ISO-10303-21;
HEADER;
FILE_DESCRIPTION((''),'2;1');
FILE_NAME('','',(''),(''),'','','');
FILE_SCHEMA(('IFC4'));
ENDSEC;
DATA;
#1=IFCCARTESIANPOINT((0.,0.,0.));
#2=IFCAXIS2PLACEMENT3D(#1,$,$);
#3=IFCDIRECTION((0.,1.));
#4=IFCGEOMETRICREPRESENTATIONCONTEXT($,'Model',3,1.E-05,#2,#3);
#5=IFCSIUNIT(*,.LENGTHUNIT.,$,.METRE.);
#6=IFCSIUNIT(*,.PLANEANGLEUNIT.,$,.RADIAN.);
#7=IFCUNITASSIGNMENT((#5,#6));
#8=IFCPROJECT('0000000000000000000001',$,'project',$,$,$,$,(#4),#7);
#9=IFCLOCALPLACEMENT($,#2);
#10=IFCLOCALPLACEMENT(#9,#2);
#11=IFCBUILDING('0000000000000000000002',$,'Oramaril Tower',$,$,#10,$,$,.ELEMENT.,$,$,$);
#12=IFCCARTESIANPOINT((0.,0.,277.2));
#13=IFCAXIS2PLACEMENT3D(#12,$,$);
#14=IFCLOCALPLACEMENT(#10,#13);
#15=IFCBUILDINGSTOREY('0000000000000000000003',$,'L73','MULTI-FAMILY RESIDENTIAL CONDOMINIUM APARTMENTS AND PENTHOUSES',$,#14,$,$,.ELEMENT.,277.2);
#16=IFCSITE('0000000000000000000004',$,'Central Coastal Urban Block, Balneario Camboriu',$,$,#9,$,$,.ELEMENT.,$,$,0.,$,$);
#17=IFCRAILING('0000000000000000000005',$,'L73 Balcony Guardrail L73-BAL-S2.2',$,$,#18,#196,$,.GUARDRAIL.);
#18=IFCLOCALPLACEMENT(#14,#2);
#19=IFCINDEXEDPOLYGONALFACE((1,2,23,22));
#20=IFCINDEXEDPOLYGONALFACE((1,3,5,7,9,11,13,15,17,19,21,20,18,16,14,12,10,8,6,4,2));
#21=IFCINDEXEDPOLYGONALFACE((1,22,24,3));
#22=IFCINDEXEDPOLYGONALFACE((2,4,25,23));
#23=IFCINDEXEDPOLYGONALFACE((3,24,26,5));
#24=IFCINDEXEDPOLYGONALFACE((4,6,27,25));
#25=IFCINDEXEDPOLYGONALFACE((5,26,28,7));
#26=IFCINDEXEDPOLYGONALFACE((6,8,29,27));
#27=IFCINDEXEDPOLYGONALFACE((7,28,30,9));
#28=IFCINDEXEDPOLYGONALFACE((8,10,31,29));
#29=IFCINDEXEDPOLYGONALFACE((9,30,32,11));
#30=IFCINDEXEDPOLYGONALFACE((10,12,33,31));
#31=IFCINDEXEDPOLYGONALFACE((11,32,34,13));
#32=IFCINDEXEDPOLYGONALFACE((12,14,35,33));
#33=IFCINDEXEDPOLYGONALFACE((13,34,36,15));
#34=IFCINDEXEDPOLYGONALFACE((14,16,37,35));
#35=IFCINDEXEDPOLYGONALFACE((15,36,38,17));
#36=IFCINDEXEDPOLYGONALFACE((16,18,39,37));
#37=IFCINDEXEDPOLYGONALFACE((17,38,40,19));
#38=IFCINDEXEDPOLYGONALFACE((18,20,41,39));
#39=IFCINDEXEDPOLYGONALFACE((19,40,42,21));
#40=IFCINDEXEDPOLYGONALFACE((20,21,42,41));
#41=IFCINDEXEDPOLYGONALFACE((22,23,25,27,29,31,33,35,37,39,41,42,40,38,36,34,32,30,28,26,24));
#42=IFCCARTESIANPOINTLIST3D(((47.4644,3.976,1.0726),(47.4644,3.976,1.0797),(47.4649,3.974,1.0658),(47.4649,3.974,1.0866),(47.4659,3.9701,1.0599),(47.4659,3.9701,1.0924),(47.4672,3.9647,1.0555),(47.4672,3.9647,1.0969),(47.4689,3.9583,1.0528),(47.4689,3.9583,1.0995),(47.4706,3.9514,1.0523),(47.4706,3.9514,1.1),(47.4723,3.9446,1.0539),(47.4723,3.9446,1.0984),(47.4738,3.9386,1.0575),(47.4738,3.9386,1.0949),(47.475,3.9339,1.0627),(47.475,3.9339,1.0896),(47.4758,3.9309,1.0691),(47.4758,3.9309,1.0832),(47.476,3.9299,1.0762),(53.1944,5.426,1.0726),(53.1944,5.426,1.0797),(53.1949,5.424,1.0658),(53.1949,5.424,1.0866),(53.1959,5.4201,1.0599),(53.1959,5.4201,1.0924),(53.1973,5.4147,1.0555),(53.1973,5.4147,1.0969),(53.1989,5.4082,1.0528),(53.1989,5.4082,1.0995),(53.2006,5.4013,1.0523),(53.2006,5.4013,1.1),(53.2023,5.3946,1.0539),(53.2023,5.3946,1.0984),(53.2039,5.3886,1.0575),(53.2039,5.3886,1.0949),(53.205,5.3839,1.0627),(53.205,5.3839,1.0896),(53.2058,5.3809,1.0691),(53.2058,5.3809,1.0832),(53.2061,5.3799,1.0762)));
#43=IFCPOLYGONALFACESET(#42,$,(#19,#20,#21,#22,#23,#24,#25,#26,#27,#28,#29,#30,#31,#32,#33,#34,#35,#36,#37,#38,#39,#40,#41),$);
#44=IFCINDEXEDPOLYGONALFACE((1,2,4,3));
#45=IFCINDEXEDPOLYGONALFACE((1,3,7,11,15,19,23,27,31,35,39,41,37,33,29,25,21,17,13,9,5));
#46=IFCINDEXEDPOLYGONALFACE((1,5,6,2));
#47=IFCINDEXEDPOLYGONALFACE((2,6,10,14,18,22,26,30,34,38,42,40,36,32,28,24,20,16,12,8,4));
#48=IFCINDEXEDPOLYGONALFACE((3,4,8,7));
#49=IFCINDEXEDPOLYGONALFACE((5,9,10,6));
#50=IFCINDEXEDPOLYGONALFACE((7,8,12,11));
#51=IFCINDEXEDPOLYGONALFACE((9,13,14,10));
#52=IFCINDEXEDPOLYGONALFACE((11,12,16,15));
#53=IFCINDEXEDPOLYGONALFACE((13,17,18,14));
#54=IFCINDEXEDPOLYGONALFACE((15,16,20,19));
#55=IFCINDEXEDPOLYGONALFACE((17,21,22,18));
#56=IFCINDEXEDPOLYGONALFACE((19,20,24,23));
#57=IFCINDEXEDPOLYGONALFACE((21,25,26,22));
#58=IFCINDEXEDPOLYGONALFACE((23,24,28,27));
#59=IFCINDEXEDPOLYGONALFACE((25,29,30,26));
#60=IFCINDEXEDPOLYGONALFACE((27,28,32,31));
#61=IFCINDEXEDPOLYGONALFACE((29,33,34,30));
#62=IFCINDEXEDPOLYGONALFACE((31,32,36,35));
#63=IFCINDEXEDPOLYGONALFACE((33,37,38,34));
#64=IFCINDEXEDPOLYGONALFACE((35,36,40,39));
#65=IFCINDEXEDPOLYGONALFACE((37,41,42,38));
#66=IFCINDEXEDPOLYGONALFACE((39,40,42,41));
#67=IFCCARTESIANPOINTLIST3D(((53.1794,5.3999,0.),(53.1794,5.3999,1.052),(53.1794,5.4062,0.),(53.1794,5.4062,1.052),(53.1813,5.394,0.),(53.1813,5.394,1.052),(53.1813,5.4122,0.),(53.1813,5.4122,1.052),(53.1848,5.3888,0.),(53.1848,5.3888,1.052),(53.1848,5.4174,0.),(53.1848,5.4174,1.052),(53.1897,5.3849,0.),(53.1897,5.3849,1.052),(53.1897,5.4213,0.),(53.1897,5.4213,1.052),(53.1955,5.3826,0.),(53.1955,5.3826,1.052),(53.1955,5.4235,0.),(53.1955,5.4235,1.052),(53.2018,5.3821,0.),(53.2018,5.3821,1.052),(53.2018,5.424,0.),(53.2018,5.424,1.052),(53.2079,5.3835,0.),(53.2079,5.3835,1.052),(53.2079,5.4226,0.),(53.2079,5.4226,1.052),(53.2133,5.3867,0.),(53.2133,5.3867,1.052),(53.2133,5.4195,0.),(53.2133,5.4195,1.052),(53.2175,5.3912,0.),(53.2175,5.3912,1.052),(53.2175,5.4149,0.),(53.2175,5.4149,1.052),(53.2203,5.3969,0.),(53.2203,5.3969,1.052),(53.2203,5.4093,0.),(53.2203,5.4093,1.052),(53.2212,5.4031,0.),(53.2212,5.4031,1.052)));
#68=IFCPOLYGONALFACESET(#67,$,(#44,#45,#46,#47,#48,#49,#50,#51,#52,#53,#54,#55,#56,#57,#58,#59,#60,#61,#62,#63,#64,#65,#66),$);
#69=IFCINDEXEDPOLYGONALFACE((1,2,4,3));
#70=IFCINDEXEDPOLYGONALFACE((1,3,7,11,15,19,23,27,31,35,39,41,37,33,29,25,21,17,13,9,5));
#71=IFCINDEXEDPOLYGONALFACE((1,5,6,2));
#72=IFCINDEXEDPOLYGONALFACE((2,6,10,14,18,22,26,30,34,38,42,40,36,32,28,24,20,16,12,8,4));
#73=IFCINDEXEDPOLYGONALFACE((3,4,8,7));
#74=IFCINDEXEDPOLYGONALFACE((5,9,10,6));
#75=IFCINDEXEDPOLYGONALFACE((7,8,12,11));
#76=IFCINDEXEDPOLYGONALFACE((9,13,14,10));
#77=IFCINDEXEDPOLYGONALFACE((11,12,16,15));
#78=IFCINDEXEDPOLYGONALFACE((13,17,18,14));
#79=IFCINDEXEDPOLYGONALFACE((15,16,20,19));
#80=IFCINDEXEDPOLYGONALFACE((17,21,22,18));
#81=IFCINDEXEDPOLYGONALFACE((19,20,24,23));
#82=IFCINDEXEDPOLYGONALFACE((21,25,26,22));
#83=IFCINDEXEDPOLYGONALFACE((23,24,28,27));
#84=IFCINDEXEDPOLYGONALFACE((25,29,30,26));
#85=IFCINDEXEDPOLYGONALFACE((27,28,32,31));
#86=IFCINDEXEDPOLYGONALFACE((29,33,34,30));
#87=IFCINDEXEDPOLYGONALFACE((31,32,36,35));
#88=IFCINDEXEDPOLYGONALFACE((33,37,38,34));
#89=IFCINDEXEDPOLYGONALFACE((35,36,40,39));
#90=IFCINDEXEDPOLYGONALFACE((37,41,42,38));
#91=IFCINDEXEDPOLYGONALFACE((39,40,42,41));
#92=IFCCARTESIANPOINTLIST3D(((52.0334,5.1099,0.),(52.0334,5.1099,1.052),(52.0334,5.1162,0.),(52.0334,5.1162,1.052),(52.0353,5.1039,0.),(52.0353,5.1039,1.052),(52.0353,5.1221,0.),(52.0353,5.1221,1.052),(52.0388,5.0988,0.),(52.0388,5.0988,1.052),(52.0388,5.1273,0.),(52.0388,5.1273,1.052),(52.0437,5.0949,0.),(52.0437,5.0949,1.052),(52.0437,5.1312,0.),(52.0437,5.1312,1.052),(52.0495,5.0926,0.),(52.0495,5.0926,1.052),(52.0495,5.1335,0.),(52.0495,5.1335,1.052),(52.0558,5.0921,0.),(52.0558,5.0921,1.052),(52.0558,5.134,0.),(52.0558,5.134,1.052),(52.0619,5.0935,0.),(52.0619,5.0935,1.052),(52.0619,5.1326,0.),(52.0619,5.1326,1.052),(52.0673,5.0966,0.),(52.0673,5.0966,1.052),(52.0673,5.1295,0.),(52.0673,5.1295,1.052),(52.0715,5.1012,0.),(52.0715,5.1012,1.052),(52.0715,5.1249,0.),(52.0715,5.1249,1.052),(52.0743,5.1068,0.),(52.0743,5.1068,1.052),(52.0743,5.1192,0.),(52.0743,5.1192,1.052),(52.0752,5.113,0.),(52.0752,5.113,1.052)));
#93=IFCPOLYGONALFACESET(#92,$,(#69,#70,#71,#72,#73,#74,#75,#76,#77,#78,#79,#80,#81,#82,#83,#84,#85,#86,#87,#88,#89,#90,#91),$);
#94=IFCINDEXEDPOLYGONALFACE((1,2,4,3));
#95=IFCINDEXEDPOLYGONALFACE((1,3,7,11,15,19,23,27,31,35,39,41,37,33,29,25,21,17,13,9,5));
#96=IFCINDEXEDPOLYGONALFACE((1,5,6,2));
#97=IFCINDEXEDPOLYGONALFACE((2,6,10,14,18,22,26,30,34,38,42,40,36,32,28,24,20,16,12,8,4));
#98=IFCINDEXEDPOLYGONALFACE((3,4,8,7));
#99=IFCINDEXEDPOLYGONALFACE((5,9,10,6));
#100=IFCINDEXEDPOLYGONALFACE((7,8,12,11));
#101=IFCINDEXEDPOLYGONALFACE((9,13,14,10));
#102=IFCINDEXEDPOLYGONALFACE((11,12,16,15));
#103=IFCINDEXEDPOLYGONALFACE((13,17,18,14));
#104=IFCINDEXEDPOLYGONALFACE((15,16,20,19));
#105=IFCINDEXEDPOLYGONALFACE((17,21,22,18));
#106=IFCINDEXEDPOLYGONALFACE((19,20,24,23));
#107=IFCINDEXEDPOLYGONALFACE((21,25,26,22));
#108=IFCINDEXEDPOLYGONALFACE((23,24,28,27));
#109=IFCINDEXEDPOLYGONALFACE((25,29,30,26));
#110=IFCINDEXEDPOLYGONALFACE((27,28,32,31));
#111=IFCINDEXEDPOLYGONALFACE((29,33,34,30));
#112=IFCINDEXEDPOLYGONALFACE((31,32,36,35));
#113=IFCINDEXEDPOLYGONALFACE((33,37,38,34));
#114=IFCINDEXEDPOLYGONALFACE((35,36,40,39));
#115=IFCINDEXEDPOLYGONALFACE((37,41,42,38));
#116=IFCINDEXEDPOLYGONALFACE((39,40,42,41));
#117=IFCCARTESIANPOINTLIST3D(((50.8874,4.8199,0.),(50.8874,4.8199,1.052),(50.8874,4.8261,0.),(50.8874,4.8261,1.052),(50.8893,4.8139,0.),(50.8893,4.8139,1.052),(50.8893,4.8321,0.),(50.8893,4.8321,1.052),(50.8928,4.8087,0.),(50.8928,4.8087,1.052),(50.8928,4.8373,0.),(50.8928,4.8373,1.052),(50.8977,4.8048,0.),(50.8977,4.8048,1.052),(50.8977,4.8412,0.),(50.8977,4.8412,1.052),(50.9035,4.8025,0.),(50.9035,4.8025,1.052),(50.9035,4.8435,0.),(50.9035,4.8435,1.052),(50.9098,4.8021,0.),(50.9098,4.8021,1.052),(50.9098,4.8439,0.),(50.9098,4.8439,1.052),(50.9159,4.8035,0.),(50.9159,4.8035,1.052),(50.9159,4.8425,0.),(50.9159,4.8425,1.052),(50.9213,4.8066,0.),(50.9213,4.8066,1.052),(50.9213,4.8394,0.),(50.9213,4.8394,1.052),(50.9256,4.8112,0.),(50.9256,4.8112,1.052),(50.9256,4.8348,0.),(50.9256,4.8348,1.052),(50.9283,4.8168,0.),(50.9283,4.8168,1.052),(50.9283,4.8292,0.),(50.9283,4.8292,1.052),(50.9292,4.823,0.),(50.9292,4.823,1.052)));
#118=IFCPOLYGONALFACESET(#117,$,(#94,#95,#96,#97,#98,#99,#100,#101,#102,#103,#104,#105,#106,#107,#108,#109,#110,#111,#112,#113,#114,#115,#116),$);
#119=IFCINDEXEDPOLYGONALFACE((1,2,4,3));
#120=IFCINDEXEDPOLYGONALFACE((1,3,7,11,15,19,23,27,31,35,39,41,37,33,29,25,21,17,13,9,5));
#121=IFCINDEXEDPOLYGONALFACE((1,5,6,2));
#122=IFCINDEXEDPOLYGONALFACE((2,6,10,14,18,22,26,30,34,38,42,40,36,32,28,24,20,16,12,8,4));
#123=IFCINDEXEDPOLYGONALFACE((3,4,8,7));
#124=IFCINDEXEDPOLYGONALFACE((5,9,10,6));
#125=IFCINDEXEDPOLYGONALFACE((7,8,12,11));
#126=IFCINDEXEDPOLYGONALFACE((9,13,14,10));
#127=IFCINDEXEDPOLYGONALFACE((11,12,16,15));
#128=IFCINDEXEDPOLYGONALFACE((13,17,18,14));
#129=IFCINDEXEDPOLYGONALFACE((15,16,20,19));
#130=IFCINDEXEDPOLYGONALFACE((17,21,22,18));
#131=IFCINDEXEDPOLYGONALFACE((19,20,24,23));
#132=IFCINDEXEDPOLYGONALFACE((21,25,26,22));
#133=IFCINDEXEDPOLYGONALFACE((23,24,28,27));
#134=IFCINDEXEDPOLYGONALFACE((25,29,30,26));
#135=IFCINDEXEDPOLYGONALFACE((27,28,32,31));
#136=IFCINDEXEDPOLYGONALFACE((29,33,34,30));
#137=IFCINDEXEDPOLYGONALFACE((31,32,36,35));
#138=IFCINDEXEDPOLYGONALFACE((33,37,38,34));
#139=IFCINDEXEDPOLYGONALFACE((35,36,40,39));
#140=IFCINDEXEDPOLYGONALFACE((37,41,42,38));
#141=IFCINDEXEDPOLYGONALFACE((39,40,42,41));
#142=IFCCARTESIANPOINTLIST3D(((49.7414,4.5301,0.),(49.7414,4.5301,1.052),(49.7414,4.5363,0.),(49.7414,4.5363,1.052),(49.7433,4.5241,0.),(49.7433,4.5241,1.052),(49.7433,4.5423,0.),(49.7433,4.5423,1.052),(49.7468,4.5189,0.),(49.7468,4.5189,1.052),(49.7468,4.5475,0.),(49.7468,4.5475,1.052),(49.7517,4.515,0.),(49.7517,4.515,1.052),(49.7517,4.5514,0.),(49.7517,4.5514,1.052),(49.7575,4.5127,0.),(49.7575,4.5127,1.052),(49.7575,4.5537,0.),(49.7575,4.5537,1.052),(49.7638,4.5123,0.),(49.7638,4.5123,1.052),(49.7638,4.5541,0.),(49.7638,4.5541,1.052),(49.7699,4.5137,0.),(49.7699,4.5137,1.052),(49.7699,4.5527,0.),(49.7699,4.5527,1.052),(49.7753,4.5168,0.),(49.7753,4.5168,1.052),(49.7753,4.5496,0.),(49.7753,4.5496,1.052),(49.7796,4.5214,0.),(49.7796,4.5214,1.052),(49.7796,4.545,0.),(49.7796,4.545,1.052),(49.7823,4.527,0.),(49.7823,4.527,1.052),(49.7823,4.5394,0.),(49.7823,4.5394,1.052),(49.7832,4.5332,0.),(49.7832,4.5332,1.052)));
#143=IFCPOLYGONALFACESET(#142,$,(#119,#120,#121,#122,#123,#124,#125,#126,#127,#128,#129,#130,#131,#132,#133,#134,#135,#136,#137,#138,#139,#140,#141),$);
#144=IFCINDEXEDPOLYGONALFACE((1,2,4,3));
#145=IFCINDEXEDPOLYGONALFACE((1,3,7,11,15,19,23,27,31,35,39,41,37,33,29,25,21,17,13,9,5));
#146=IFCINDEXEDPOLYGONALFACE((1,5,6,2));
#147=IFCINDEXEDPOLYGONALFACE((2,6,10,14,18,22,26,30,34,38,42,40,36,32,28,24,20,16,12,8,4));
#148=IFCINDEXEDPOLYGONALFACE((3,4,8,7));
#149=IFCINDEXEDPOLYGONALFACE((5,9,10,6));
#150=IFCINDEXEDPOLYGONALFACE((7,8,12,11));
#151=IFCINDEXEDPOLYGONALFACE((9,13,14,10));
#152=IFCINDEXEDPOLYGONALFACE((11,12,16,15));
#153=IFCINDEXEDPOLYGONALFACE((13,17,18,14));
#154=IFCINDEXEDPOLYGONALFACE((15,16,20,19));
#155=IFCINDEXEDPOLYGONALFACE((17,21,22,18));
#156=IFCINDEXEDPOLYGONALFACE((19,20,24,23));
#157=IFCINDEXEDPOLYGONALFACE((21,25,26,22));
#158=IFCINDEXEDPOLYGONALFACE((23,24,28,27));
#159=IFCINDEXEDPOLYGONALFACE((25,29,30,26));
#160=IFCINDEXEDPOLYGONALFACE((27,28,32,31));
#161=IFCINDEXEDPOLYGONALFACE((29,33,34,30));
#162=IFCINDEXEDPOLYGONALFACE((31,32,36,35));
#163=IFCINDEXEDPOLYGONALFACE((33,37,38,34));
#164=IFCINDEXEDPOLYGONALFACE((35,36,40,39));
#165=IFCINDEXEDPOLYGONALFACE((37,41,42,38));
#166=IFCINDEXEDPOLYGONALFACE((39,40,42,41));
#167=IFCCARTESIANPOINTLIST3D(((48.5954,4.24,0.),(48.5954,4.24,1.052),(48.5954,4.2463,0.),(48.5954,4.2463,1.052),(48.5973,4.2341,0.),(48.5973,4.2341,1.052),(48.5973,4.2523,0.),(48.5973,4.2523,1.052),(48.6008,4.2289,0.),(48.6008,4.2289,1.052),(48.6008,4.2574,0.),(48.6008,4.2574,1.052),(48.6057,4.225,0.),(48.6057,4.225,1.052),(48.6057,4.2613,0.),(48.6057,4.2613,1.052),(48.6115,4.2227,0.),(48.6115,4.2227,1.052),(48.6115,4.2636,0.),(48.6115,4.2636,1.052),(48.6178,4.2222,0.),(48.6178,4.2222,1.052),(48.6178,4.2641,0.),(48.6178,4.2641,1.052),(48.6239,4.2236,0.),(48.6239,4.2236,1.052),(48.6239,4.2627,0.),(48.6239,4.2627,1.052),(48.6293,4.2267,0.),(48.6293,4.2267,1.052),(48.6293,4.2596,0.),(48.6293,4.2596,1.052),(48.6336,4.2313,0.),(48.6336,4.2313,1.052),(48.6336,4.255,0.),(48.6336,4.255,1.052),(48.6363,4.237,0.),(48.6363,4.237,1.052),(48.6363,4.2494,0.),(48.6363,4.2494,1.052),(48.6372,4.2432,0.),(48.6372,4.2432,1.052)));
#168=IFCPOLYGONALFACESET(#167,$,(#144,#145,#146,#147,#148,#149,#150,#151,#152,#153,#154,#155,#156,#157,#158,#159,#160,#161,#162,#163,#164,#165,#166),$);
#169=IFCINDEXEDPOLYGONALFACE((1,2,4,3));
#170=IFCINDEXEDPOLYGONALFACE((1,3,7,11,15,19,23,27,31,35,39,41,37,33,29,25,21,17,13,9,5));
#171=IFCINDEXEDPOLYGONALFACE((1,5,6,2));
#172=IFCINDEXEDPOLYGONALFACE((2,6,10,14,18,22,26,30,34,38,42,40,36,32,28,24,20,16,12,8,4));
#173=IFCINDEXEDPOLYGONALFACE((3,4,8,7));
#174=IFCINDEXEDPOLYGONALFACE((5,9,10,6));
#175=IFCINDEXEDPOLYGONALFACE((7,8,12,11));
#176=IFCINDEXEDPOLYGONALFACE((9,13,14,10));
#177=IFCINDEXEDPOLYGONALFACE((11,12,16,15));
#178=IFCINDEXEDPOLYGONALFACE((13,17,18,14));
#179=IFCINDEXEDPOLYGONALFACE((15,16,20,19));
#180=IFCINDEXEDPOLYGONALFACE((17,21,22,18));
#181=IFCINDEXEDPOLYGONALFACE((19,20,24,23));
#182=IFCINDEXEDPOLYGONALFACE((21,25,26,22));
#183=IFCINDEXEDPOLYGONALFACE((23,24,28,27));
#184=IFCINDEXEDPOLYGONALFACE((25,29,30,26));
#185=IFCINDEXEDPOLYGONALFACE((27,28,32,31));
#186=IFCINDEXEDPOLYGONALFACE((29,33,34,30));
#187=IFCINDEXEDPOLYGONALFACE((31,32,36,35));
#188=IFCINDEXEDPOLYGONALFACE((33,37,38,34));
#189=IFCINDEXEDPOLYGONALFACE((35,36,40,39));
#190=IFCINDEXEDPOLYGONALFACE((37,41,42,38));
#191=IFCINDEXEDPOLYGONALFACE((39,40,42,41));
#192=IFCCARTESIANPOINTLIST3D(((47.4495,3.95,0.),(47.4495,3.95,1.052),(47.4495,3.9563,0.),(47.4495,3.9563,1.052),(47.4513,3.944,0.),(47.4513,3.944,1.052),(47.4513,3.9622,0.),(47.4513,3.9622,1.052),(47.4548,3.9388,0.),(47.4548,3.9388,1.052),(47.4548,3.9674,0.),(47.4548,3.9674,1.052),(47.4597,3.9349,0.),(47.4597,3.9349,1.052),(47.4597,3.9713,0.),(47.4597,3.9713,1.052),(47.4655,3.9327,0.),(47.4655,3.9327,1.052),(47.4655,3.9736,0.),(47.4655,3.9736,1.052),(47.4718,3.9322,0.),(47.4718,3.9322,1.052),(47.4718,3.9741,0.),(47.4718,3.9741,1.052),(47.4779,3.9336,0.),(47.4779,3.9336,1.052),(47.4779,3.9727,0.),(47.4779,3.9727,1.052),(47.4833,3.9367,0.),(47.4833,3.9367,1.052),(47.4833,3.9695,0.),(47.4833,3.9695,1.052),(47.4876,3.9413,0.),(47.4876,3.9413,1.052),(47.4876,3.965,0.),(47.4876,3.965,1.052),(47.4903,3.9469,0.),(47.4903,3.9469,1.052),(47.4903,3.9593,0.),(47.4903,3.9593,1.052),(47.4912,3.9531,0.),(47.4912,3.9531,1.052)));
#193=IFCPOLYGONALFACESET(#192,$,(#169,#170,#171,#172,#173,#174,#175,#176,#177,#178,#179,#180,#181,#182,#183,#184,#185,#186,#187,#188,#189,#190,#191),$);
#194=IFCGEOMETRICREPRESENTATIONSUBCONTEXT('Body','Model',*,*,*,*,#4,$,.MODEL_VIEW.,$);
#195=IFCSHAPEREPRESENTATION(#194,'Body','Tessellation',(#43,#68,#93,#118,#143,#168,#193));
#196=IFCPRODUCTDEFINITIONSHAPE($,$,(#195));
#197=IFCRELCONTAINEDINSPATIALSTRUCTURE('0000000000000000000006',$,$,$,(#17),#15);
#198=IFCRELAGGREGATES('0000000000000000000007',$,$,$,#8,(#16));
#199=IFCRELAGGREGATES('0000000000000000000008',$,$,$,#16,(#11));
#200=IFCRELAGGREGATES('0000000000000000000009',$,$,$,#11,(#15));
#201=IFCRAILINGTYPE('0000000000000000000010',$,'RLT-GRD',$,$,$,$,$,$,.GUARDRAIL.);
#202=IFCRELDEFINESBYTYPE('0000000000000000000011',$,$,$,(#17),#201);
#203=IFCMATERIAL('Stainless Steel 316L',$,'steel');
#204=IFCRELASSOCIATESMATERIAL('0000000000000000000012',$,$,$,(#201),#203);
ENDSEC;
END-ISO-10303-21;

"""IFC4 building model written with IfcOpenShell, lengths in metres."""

from ifc_helpers import new_model, si_unit, direction, frame, origin, origin_2d, place, context, subcontext, project, spatial, circle, extrude, material, type_object, element, save


model = new_model("IFC4")

# Units and contexts
model_context = context("Model", 3, precision=1e-05, world=origin(), true_north=direction((0.0, 1.0)))
body_context = subcontext(model_context, "Body", "Model", "MODEL_VIEW")
ifc_project = project(units=[si_unit("LENGTHUNIT", "METRE"), si_unit("PLANEANGLEUNIT", "RADIAN")], contexts=[model_context])

# Site, building, storey
site_placement = place(None, origin())
site = spatial("IfcSite", under=ifc_project, at=site_placement, Name="Central Coastal Urban Block, Balneario Camboriu", CompositionType="ELEMENT", RefElevation=0.0)
building_placement = place(site_placement, origin())
building = spatial("IfcBuilding", under=site, at=building_placement, Name="Oramaril Tower", CompositionType="ELEMENT")
storey_placement = place(building_placement, frame((0.0, 0.0, 277.2)))
storey = spatial("IfcBuildingStorey", under=building, at=storey_placement, Name="L73", Description="MULTI-FAMILY RESIDENTIAL CONDOMINIUM APARTMENTS AND PENTHOUSES", CompositionType="ELEMENT", Elevation=277.2)

# Railing
ifc_material_1 = material(Name="Stainless Steel 316L", Category="steel")
railing_type = type_object("IfcRailingType", Name="RLT-GRD", PredefinedType="GUARDRAIL", material=ifc_material_1)
railing_1_placement = place(storey_placement, frame((53.2002, 5.4031, 0.0)))
element("IfcRailing", 1, at=railing_1_placement, inside=storey, type_object=railing_type, Name="L73 Balcony Guardrail L73-BAL-S2.2", PredefinedType="GUARDRAIL", context=body_context, shape_type="SweptSolid", body=[
    extrude(circle(Radius=0.0239, at=origin_2d()), frame((0.0, 0.0, 1.0762), z_axis=(-0.969444, -0.245314, 0.0), x_axis=(0.245314, -0.969444, 0.0)), (0.0, 0.0, 1.0), 5.9106),
    extrude(circle(Radius=0.021, at=origin_2d()), origin(), (0.0, 0.0, 1.0), 1.052),
    extrude(circle(Radius=0.021, at=origin_2d()), frame((-1.146, -0.29, 0.0)), (0.0, 0.0, 1.0), 1.052),
    extrude(circle(Radius=0.021, at=origin_2d()), frame((-2.292, -0.5801, 0.0)), (0.0, 0.0, 1.0), 1.052),
    extrude(circle(Radius=0.021, at=origin_2d()), frame((-3.438, -0.8699, 0.0)), (0.0, 0.0, 1.0), 1.052),
    extrude(circle(Radius=0.021, at=origin_2d()), frame((-4.584, -1.1599, 0.0)), (0.0, 0.0, 1.0), 1.052),
    extrude(circle(Radius=0.021, at=origin_2d()), frame((-5.73, -1.45, 0.0)), (0.0, 0.0, 1.0), 1.052),
])

save(model, "model.ifc")
